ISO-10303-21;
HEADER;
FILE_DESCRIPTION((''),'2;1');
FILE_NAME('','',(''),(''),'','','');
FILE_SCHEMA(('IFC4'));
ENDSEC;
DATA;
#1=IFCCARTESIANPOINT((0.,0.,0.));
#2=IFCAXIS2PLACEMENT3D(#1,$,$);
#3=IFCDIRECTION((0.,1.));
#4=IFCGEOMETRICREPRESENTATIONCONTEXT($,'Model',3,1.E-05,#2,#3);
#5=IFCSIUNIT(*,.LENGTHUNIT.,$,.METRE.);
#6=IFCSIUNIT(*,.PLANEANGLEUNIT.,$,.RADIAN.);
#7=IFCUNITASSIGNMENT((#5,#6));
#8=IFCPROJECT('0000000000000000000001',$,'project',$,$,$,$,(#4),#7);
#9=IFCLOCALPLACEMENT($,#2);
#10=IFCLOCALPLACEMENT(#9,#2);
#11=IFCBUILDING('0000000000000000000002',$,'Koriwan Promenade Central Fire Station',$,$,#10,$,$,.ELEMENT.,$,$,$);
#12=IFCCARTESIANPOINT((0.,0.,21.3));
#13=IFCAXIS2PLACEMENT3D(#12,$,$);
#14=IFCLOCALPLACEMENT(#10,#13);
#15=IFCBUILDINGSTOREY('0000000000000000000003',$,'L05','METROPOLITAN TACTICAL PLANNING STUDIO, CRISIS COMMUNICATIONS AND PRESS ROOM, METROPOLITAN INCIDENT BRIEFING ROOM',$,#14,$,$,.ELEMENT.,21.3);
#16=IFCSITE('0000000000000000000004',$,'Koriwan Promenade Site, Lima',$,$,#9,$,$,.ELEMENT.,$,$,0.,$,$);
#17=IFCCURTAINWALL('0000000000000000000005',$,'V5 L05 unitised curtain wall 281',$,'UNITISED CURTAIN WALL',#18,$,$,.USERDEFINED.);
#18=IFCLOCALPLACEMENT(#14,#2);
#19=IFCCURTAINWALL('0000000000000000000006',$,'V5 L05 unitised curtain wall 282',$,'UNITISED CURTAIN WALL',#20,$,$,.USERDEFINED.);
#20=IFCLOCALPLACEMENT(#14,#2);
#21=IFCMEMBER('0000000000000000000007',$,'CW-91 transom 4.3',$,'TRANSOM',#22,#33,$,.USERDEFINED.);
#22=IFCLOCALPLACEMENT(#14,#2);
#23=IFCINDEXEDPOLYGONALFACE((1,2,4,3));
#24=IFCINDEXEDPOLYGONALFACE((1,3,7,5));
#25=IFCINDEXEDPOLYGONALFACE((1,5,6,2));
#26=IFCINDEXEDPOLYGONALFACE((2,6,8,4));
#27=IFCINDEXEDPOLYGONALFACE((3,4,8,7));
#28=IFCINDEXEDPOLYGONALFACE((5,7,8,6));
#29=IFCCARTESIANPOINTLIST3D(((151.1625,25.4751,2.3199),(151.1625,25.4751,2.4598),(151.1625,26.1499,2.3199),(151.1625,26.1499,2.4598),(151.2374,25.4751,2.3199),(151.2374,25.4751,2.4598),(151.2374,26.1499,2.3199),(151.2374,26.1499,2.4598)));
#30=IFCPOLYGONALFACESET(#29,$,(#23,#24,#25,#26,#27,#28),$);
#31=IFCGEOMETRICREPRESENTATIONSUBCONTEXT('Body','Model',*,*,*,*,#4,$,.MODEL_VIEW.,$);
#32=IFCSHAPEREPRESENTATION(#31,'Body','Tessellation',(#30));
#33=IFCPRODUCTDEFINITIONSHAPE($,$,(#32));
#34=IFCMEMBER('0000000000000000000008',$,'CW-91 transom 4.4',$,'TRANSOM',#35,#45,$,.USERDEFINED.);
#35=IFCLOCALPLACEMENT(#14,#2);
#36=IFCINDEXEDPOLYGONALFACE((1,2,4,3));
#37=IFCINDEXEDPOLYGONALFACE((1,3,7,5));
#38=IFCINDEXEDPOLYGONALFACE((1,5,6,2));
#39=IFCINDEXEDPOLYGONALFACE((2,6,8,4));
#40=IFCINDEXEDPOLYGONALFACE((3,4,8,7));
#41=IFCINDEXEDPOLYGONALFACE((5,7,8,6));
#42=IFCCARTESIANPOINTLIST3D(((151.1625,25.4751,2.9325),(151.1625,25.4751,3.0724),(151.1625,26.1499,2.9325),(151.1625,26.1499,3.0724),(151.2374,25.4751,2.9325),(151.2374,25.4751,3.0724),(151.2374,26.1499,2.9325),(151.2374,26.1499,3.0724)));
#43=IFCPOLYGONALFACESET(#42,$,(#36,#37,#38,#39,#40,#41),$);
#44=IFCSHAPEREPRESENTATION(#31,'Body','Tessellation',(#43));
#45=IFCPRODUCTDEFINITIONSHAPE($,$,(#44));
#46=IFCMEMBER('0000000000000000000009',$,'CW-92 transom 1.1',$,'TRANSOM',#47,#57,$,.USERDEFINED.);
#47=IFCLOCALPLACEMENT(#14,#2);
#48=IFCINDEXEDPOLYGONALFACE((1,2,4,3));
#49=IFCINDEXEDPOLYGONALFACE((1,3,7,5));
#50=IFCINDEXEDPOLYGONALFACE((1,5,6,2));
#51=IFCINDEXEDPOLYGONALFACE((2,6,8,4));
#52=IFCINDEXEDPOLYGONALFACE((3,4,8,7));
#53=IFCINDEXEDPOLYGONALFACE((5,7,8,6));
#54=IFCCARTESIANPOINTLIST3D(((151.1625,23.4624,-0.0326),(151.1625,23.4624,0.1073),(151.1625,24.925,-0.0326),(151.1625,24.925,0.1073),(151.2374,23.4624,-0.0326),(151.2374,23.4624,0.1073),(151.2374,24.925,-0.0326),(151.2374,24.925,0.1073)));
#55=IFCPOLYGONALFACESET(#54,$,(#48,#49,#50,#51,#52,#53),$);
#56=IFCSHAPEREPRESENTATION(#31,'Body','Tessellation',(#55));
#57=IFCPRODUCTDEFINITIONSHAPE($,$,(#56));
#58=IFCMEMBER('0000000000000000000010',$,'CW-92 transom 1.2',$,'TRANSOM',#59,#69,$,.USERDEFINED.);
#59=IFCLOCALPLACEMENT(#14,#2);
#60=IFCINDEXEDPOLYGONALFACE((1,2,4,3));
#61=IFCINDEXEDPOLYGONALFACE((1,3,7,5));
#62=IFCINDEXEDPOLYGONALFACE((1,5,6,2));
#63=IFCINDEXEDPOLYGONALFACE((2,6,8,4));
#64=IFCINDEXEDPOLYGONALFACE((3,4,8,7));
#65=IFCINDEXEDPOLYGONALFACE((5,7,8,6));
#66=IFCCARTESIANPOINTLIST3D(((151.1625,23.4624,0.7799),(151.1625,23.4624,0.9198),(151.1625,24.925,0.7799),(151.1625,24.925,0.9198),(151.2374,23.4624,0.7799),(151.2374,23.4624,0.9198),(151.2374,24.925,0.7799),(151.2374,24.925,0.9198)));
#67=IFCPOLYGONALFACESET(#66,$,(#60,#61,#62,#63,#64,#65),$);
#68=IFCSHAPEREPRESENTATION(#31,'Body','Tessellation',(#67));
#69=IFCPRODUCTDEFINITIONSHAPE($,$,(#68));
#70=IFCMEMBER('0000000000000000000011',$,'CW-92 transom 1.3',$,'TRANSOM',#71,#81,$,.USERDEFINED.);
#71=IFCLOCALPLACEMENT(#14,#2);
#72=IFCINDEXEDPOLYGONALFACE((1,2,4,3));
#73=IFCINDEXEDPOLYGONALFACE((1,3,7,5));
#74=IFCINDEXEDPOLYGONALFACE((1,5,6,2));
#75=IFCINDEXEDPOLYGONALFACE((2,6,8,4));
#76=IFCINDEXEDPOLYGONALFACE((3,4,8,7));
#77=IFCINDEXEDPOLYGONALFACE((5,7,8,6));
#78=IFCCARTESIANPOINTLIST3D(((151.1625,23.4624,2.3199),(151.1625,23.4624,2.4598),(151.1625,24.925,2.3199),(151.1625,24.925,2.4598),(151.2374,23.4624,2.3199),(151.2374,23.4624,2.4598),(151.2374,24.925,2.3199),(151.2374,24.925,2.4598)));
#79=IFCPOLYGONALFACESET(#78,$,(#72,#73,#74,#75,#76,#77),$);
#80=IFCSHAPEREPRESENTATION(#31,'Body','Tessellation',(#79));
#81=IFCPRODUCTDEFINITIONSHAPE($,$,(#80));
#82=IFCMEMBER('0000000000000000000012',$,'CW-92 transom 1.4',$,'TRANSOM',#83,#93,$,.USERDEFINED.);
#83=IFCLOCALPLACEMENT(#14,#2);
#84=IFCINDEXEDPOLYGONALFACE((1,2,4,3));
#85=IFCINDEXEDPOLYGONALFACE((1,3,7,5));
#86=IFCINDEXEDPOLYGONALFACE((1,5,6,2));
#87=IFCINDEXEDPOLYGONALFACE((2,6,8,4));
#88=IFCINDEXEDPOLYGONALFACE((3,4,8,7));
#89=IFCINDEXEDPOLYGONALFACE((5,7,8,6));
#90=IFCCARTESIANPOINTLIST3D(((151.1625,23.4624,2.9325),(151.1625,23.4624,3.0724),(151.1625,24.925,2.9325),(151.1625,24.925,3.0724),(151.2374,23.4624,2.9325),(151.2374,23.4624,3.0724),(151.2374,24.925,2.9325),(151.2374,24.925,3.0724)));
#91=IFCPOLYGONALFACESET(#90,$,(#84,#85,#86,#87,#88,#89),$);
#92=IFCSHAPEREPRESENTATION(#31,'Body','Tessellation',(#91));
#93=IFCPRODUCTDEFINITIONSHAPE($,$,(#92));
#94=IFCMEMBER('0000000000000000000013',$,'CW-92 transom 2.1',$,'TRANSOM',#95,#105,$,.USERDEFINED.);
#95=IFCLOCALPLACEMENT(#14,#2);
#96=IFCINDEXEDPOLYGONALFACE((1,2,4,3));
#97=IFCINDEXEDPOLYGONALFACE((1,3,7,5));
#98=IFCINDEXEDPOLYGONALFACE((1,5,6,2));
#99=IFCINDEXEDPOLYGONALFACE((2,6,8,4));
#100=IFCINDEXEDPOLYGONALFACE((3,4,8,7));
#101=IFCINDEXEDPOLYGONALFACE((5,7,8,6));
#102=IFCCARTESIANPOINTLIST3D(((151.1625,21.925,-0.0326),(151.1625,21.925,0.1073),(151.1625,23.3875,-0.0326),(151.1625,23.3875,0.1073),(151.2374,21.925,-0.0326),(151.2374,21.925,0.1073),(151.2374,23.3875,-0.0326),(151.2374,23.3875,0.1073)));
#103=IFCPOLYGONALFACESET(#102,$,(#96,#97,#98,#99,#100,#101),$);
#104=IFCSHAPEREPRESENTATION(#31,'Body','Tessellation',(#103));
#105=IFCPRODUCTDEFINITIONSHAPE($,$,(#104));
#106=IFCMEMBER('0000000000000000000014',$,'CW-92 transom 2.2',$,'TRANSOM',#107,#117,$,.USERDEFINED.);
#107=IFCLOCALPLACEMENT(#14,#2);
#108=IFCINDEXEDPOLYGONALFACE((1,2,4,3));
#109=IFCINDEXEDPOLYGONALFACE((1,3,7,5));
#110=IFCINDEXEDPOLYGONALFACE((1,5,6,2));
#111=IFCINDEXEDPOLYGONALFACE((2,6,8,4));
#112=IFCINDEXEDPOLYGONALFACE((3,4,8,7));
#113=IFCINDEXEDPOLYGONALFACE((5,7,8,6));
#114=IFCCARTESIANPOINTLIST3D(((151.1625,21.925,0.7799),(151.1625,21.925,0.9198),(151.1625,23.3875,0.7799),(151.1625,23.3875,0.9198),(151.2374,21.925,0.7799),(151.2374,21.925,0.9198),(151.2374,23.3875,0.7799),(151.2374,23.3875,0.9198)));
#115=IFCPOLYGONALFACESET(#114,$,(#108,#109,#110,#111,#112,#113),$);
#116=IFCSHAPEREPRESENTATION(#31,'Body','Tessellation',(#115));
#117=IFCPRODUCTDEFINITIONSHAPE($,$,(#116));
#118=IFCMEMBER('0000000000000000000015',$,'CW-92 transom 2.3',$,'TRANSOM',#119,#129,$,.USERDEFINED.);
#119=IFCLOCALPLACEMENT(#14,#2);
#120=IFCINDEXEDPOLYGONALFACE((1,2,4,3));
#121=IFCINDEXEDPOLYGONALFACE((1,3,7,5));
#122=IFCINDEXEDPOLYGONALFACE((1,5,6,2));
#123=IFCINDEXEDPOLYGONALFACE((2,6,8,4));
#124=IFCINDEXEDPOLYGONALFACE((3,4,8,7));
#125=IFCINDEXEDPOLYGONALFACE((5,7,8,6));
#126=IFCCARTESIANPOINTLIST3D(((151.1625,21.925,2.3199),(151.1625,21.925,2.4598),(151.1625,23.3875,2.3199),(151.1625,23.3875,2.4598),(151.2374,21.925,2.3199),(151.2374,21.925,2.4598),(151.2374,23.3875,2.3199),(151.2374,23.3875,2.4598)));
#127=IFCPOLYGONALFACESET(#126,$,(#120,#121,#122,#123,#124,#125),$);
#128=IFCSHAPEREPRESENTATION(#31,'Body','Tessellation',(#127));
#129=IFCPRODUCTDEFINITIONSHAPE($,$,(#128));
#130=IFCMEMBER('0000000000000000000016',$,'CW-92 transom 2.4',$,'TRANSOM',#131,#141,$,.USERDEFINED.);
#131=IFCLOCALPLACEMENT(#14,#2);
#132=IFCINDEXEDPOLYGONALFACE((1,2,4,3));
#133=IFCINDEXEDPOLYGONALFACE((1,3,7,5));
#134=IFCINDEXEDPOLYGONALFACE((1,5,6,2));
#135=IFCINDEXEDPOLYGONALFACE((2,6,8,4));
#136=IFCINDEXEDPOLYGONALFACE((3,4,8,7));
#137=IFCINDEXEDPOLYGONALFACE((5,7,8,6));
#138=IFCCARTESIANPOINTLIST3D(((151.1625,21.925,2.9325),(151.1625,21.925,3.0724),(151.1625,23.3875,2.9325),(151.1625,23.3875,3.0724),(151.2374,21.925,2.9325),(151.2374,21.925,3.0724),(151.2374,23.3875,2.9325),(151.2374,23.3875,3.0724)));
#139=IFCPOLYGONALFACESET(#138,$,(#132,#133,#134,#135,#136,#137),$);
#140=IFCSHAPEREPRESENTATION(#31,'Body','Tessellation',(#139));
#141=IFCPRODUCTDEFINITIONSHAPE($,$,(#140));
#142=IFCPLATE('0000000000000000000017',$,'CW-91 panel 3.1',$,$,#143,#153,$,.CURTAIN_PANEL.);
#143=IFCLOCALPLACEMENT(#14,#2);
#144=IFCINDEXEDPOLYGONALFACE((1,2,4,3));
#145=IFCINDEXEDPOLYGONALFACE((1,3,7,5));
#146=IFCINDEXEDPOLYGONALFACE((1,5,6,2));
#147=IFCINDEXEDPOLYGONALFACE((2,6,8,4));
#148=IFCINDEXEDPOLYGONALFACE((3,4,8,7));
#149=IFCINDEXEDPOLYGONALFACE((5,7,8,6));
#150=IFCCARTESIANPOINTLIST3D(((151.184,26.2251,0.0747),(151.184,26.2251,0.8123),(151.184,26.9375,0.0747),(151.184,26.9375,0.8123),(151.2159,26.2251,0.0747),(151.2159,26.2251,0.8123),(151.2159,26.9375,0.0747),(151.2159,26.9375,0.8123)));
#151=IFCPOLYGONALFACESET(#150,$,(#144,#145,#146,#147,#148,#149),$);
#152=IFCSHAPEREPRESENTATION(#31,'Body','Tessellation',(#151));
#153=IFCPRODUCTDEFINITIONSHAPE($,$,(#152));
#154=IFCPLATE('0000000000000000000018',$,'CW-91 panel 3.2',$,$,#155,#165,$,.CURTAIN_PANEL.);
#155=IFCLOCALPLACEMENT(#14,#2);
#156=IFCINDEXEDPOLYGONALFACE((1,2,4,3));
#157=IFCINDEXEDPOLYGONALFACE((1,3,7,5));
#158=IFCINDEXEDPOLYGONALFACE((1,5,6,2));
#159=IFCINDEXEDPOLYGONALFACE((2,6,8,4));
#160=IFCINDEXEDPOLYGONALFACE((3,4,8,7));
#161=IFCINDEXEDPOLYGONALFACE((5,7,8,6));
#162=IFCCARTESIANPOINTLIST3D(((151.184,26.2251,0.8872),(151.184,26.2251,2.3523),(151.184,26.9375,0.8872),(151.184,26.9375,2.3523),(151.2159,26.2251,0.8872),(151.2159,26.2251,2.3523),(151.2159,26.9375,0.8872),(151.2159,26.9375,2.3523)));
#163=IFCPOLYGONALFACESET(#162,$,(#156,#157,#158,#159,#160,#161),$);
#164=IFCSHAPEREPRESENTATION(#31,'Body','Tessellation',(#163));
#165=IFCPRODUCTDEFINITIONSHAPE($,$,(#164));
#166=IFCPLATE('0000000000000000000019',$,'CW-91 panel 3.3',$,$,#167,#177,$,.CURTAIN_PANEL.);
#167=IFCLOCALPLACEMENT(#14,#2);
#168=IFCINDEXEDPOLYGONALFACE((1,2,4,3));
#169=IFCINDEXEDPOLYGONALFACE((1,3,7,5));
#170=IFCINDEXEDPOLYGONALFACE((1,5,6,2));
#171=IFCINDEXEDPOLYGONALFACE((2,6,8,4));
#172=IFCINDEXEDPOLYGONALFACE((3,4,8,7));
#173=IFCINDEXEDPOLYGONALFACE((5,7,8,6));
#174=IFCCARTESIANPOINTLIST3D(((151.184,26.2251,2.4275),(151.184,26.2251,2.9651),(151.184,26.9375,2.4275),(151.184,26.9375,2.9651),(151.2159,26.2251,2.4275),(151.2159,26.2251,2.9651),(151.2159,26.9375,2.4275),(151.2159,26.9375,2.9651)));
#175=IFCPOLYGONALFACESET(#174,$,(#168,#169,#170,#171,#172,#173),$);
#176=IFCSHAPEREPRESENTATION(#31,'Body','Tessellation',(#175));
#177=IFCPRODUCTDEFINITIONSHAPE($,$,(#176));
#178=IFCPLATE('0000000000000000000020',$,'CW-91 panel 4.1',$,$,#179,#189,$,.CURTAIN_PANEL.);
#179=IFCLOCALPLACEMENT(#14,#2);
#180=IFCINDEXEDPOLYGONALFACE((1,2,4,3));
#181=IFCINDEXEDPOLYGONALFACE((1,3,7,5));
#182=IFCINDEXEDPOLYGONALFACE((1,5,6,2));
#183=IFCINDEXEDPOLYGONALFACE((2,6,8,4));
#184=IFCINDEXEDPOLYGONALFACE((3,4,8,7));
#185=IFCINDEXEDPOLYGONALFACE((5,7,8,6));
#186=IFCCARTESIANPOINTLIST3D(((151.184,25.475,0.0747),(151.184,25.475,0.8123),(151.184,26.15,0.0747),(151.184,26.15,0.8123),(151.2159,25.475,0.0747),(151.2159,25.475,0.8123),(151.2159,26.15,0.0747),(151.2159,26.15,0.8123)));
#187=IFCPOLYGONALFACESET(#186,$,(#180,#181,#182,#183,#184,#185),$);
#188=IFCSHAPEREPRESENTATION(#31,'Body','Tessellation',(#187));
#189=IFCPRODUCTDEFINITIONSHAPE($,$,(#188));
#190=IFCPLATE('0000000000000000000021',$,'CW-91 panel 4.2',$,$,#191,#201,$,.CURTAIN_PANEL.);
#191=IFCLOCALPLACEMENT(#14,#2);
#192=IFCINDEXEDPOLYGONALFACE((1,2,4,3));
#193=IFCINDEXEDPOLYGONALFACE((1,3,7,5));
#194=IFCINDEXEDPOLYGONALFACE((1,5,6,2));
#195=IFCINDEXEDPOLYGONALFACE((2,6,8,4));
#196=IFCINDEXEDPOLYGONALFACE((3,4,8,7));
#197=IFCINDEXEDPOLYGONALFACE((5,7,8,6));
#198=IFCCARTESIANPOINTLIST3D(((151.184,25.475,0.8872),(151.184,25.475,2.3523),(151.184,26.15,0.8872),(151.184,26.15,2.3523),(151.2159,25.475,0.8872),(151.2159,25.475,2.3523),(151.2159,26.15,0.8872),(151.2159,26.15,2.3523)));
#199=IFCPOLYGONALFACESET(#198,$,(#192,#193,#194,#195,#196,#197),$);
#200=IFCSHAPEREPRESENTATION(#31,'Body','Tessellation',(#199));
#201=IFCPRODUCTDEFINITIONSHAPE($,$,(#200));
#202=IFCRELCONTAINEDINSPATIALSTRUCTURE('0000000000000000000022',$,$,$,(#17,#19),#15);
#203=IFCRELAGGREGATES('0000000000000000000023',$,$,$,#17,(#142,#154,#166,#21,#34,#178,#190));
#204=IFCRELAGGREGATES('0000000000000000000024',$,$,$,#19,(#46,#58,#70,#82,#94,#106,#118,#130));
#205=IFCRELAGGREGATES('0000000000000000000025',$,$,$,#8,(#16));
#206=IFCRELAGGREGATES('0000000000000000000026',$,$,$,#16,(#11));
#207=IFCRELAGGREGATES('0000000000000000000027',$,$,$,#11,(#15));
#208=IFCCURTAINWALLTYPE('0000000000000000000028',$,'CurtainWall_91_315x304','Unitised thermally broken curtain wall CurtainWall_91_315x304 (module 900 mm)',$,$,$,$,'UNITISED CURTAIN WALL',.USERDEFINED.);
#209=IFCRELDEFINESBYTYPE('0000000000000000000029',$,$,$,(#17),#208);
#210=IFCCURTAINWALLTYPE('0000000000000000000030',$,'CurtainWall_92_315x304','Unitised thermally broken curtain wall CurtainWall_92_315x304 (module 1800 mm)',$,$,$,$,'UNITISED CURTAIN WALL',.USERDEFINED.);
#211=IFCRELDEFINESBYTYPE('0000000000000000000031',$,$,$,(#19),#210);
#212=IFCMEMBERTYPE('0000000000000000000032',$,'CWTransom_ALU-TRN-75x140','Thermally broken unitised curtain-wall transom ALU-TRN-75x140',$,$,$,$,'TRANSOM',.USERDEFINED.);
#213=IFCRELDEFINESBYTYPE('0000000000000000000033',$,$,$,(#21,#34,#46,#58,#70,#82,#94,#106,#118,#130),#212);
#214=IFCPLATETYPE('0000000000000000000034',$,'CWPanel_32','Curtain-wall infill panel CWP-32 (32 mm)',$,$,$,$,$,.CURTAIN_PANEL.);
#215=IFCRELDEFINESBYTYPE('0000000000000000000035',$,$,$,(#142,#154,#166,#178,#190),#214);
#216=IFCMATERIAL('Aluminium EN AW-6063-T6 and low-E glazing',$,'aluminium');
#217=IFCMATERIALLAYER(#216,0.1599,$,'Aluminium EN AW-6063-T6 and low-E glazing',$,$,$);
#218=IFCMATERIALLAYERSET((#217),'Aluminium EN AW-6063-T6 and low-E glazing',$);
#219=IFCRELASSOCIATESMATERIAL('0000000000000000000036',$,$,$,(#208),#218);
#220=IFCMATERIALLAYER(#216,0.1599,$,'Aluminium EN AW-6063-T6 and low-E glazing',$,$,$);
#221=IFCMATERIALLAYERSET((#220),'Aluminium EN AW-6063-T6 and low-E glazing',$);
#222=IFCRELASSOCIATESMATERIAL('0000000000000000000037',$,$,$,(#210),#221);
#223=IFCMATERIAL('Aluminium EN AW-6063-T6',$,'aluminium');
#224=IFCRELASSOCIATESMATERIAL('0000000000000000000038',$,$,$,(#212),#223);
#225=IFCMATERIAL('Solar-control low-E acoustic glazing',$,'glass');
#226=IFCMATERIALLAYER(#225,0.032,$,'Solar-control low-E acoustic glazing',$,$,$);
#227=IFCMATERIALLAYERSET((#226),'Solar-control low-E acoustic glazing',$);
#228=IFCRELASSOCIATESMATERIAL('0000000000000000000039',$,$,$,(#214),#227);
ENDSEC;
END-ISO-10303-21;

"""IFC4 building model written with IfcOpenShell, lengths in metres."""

from ifc_helpers import new_model, si_unit, direction, frame, origin, origin_2d, place, context, subcontext, project, spatial, rectangle, extrude, material, layer, layer_set, material_profile, profile_set, type_object, element, aggregate, save


model = new_model("IFC4")

# Units and contexts
model_context = context("Model", 3, precision=1e-05, world=origin(), true_north=direction((0.0, 1.0)))
body_context = subcontext(model_context, "Body", "Model", "MODEL_VIEW")
ifc_project = project(units=[si_unit("LENGTHUNIT", "METRE"), si_unit("PLANEANGLEUNIT", "RADIAN")], contexts=[model_context])

# Site, building, storey
site_placement = place(None, origin())
site = spatial("IfcSite", under=ifc_project, at=site_placement, Name="Koriwan Promenade Site, Lima", CompositionType="ELEMENT", RefElevation=0.0)
building_placement = place(site_placement, origin())
building = spatial("IfcBuilding", under=site, at=building_placement, Name="Koriwan Promenade Central Fire Station", CompositionType="ELEMENT")
storey_placement = place(building_placement, frame((0.0, 0.0, 21.3)))
storey = spatial("IfcBuildingStorey", under=building, at=storey_placement, Name="L05", Description="METROPOLITAN TACTICAL PLANNING STUDIO, CRISIS COMMUNICATIONS AND PRESS ROOM, METROPOLITAN INCIDENT BRIEFING ROOM", CompositionType="ELEMENT", Elevation=21.3)

# Curtain walls
ifc_material_1 = material(Name="Aluminium EN AW-6063-T6 and low-E glazing", Category="aluminium")
ifc_layer_1 = layer(ifc_material_1, 0.1599, Name="Aluminium EN AW-6063-T6 and low-E glazing")
ifc_layer_set_1 = layer_set([ifc_layer_1], Name="Aluminium EN AW-6063-T6 and low-E glazing")
curtain_wall_type_1 = type_object("IfcCurtainWallType", Name="CurtainWall_91_315x304", Description="Unitised thermally broken curtain wall CurtainWall_91_315x304 (module 900 mm)", ElementType="UNITISED CURTAIN WALL", PredefinedType="USERDEFINED", material=ifc_layer_set_1)
curtain_wall_1_placement = place(storey_placement, origin())
curtain_wall_1 = element("IfcCurtainWall", 1, at=curtain_wall_1_placement, inside=storey, type_object=curtain_wall_type_1, Name="V5 L05 unitised curtain wall 281", ObjectType="UNITISED CURTAIN WALL", PredefinedType="USERDEFINED")
ifc_material_2 = material(Name="Aluminium EN AW-6063-T6", Category="aluminium")
ifc_layer_2 = layer(ifc_material_1, 0.1599, Name="Aluminium EN AW-6063-T6 and low-E glazing")
ifc_layer_set_2 = layer_set([ifc_layer_2], Name="Aluminium EN AW-6063-T6 and low-E glazing")
curtain_wall_type_2 = type_object("IfcCurtainWallType", Name="CurtainWall_92_315x304", Description="Unitised thermally broken curtain wall CurtainWall_92_315x304 (module 1800 mm)", ElementType="UNITISED CURTAIN WALL", PredefinedType="USERDEFINED", material=ifc_layer_set_2)
curtain_wall_2_placement = place(storey_placement, origin())
curtain_wall_2 = element("IfcCurtainWall", 2, at=curtain_wall_2_placement, inside=storey, type_object=curtain_wall_type_2, Name="V5 L05 unitised curtain wall 282", ObjectType="UNITISED CURTAIN WALL", PredefinedType="USERDEFINED")

# Members
ifc_material_profile_1 = material_profile(ifc_material_2, rectangle(XDim=0.075, YDim=0.1399, at=origin_2d()), Name="ALU-TRN-75x140")
ifc_profile_set_1 = profile_set([ifc_material_profile_1], Name="Aluminium EN AW-6063-T6")
member_type_1 = type_object("IfcMemberType", Name="CWTransom_ALU-TRN-75x140", Description="Thermally broken unitised curtain-wall transom ALU-TRN-75x140", ElementType="TRANSOM", PredefinedType="USERDEFINED", material=ifc_profile_set_1)
member_1_placement = place(storey_placement, frame((151.2, 26.1499, 2.3899), z_axis=(0.0, -1.0, 0.0), x_axis=(1.0, 0.0, 0.0)))
member_1 = element("IfcMember", 3, at=member_1_placement, type_object=member_type_1, Name="CW-91 transom 4.3", ObjectType="TRANSOM", PredefinedType="USERDEFINED", context=body_context, shape_type="SweptSolid", body=[
    extrude(rectangle(XDim=0.075, YDim=0.1399, at=origin_2d()), origin(), (0.0, 0.0, 1.0), 0.6748),
])
member_2_placement = place(storey_placement, frame((151.2, 26.1499, 3.0024), z_axis=(0.0, -1.0, 0.0), x_axis=(1.0, 0.0, 0.0)))
member_2 = element("IfcMember", 4, at=member_2_placement, type_object=member_type_1, Name="CW-91 transom 4.4", ObjectType="TRANSOM", PredefinedType="USERDEFINED", context=body_context, shape_type="SweptSolid", body=[
    extrude(rectangle(XDim=0.075, YDim=0.1399, at=origin_2d()), origin(), (0.0, 0.0, 1.0), 0.6748),
])
member_3_placement = place(storey_placement, frame((151.2, 24.925, 0.0374), z_axis=(0.0, -1.0, 0.0), x_axis=(1.0, 0.0, 0.0)))
member_3 = element("IfcMember", 5, at=member_3_placement, type_object=member_type_1, Name="CW-92 transom 1.1", ObjectType="TRANSOM", PredefinedType="USERDEFINED", context=body_context, shape_type="SweptSolid", body=[
    extrude(rectangle(XDim=0.075, YDim=0.1399, at=origin_2d()), origin(), (0.0, 0.0, 1.0), 1.4626),
])
member_4_placement = place(storey_placement, frame((151.2, 24.925, 0.8499), z_axis=(0.0, -1.0, 0.0), x_axis=(1.0, 0.0, 0.0)))
member_4 = element("IfcMember", 6, at=member_4_placement, type_object=member_type_1, Name="CW-92 transom 1.2", ObjectType="TRANSOM", PredefinedType="USERDEFINED", context=body_context, shape_type="SweptSolid", body=[
    extrude(rectangle(XDim=0.075, YDim=0.1399, at=origin_2d()), origin(), (0.0, 0.0, 1.0), 1.4626),
])
member_5_placement = place(storey_placement, frame((151.2, 24.925, 2.3899), z_axis=(0.0, -1.0, 0.0), x_axis=(1.0, 0.0, 0.0)))
member_5 = element("IfcMember", 7, at=member_5_placement, type_object=member_type_1, Name="CW-92 transom 1.3", ObjectType="TRANSOM", PredefinedType="USERDEFINED", context=body_context, shape_type="SweptSolid", body=[
    extrude(rectangle(XDim=0.075, YDim=0.1399, at=origin_2d()), origin(), (0.0, 0.0, 1.0), 1.4626),
])
member_6_placement = place(storey_placement, frame((151.2, 24.925, 3.0024), z_axis=(0.0, -1.0, 0.0), x_axis=(1.0, 0.0, 0.0)))
member_6 = element("IfcMember", 8, at=member_6_placement, type_object=member_type_1, Name="CW-92 transom 1.4", ObjectType="TRANSOM", PredefinedType="USERDEFINED", context=body_context, shape_type="SweptSolid", body=[
    extrude(rectangle(XDim=0.075, YDim=0.1399, at=origin_2d()), origin(), (0.0, 0.0, 1.0), 1.4626),
])
member_7_placement = place(storey_placement, frame((151.2, 23.3875, 0.0374), z_axis=(0.0, -1.0, 0.0), x_axis=(1.0, 0.0, 0.0)))
member_7 = element("IfcMember", 9, at=member_7_placement, type_object=member_type_1, Name="CW-92 transom 2.1", ObjectType="TRANSOM", PredefinedType="USERDEFINED", context=body_context, shape_type="SweptSolid", body=[
    extrude(rectangle(XDim=0.075, YDim=0.1399, at=origin_2d()), origin(), (0.0, 0.0, 1.0), 1.4624),
])
member_8_placement = place(storey_placement, frame((151.2, 23.3875, 0.8499), z_axis=(0.0, -1.0, 0.0), x_axis=(1.0, 0.0, 0.0)))
member_8 = element("IfcMember", 10, at=member_8_placement, type_object=member_type_1, Name="CW-92 transom 2.2", ObjectType="TRANSOM", PredefinedType="USERDEFINED", context=body_context, shape_type="SweptSolid", body=[
    extrude(rectangle(XDim=0.075, YDim=0.1399, at=origin_2d()), origin(), (0.0, 0.0, 1.0), 1.4624),
])
member_9_placement = place(storey_placement, frame((151.2, 23.3875, 2.3899), z_axis=(0.0, -1.0, 0.0), x_axis=(1.0, 0.0, 0.0)))
member_9 = element("IfcMember", 11, at=member_9_placement, type_object=member_type_1, Name="CW-92 transom 2.3", ObjectType="TRANSOM", PredefinedType="USERDEFINED", context=body_context, shape_type="SweptSolid", body=[
    extrude(rectangle(XDim=0.075, YDim=0.1399, at=origin_2d()), origin(), (0.0, 0.0, 1.0), 1.4624),
])
member_10_placement = place(storey_placement, frame((151.2, 23.3875, 3.0024), z_axis=(0.0, -1.0, 0.0), x_axis=(1.0, 0.0, 0.0)))
member_10 = element("IfcMember", 12, at=member_10_placement, type_object=member_type_1, Name="CW-92 transom 2.4", ObjectType="TRANSOM", PredefinedType="USERDEFINED", context=body_context, shape_type="SweptSolid", body=[
    extrude(rectangle(XDim=0.075, YDim=0.1399, at=origin_2d()), origin(), (0.0, 0.0, 1.0), 1.4624),
])

# Plates
ifc_material_3 = material(Name="Solar-control low-E acoustic glazing", Category="glass")
ifc_layer_3 = layer(ifc_material_3, 0.032, Name="Solar-control low-E acoustic glazing")
ifc_layer_set_3 = layer_set([ifc_layer_3], Name="Solar-control low-E acoustic glazing")
plate_type = type_object("IfcPlateType", Name="CWPanel_32", Description="Curtain-wall infill panel CWP-32 (32 mm)", PredefinedType="CURTAIN_PANEL", material=ifc_layer_set_3)
plate_1_placement = place(storey_placement, frame((151.2, 26.5813, 0.0747), z_axis=(0.0, 0.0, 1.0), x_axis=(0.0, -1.0, 0.0)))
plate_1 = element("IfcPlate", 13, at=plate_1_placement, type_object=plate_type, Name="CW-91 panel 3.1", PredefinedType="CURTAIN_PANEL", context=body_context, shape_type="SweptSolid", body=[
    extrude(rectangle(XDim=0.7124, YDim=0.032, at=origin_2d()), origin(), (0.0, 0.0, 1.0), 0.7375),
])
plate_2_placement = place(storey_placement, frame((151.2, 26.5813, 0.8872), z_axis=(0.0, 0.0, 1.0), x_axis=(0.0, -1.0, 0.0)))
plate_2 = element("IfcPlate", 14, at=plate_2_placement, type_object=plate_type, Name="CW-91 panel 3.2", PredefinedType="CURTAIN_PANEL", context=body_context, shape_type="SweptSolid", body=[
    extrude(rectangle(XDim=0.7124, YDim=0.032, at=origin_2d()), origin(), (0.0, 0.0, 1.0), 1.4651),
])
plate_3_placement = place(storey_placement, frame((151.2, 26.5813, 2.4275), z_axis=(0.0, 0.0, 1.0), x_axis=(0.0, -1.0, 0.0)))
plate_3 = element("IfcPlate", 15, at=plate_3_placement, type_object=plate_type, Name="CW-91 panel 3.3", PredefinedType="CURTAIN_PANEL", context=body_context, shape_type="SweptSolid", body=[
    extrude(rectangle(XDim=0.7124, YDim=0.032, at=origin_2d()), origin(), (0.0, 0.0, 1.0), 0.5376),
])
plate_4_placement = place(storey_placement, frame((151.2, 25.8125, 0.0747), z_axis=(0.0, 0.0, 1.0), x_axis=(0.0, -1.0, 0.0)))
plate_4 = element("IfcPlate", 16, at=plate_4_placement, type_object=plate_type, Name="CW-91 panel 4.1", PredefinedType="CURTAIN_PANEL", context=body_context, shape_type="SweptSolid", body=[
    extrude(rectangle(XDim=0.675, YDim=0.032, at=origin_2d()), origin(), (0.0, 0.0, 1.0), 0.7375),
])
plate_5_placement = place(storey_placement, frame((151.2, 25.8125, 0.8872), z_axis=(0.0, 0.0, 1.0), x_axis=(0.0, -1.0, 0.0)))
plate_5 = element("IfcPlate", 17, at=plate_5_placement, type_object=plate_type, Name="CW-91 panel 4.2", PredefinedType="CURTAIN_PANEL", context=body_context, shape_type="SweptSolid", body=[
    extrude(rectangle(XDim=0.675, YDim=0.032, at=origin_2d()), origin(), (0.0, 0.0, 1.0), 1.4651),
])
aggregate(curtain_wall_1, [plate_1, plate_2, plate_3, member_1, member_2, plate_4, plate_5])
aggregate(curtain_wall_2, [member_3, member_4, member_5, member_6, member_7, member_8, member_9, member_10])

save(model, "model.ifc")
